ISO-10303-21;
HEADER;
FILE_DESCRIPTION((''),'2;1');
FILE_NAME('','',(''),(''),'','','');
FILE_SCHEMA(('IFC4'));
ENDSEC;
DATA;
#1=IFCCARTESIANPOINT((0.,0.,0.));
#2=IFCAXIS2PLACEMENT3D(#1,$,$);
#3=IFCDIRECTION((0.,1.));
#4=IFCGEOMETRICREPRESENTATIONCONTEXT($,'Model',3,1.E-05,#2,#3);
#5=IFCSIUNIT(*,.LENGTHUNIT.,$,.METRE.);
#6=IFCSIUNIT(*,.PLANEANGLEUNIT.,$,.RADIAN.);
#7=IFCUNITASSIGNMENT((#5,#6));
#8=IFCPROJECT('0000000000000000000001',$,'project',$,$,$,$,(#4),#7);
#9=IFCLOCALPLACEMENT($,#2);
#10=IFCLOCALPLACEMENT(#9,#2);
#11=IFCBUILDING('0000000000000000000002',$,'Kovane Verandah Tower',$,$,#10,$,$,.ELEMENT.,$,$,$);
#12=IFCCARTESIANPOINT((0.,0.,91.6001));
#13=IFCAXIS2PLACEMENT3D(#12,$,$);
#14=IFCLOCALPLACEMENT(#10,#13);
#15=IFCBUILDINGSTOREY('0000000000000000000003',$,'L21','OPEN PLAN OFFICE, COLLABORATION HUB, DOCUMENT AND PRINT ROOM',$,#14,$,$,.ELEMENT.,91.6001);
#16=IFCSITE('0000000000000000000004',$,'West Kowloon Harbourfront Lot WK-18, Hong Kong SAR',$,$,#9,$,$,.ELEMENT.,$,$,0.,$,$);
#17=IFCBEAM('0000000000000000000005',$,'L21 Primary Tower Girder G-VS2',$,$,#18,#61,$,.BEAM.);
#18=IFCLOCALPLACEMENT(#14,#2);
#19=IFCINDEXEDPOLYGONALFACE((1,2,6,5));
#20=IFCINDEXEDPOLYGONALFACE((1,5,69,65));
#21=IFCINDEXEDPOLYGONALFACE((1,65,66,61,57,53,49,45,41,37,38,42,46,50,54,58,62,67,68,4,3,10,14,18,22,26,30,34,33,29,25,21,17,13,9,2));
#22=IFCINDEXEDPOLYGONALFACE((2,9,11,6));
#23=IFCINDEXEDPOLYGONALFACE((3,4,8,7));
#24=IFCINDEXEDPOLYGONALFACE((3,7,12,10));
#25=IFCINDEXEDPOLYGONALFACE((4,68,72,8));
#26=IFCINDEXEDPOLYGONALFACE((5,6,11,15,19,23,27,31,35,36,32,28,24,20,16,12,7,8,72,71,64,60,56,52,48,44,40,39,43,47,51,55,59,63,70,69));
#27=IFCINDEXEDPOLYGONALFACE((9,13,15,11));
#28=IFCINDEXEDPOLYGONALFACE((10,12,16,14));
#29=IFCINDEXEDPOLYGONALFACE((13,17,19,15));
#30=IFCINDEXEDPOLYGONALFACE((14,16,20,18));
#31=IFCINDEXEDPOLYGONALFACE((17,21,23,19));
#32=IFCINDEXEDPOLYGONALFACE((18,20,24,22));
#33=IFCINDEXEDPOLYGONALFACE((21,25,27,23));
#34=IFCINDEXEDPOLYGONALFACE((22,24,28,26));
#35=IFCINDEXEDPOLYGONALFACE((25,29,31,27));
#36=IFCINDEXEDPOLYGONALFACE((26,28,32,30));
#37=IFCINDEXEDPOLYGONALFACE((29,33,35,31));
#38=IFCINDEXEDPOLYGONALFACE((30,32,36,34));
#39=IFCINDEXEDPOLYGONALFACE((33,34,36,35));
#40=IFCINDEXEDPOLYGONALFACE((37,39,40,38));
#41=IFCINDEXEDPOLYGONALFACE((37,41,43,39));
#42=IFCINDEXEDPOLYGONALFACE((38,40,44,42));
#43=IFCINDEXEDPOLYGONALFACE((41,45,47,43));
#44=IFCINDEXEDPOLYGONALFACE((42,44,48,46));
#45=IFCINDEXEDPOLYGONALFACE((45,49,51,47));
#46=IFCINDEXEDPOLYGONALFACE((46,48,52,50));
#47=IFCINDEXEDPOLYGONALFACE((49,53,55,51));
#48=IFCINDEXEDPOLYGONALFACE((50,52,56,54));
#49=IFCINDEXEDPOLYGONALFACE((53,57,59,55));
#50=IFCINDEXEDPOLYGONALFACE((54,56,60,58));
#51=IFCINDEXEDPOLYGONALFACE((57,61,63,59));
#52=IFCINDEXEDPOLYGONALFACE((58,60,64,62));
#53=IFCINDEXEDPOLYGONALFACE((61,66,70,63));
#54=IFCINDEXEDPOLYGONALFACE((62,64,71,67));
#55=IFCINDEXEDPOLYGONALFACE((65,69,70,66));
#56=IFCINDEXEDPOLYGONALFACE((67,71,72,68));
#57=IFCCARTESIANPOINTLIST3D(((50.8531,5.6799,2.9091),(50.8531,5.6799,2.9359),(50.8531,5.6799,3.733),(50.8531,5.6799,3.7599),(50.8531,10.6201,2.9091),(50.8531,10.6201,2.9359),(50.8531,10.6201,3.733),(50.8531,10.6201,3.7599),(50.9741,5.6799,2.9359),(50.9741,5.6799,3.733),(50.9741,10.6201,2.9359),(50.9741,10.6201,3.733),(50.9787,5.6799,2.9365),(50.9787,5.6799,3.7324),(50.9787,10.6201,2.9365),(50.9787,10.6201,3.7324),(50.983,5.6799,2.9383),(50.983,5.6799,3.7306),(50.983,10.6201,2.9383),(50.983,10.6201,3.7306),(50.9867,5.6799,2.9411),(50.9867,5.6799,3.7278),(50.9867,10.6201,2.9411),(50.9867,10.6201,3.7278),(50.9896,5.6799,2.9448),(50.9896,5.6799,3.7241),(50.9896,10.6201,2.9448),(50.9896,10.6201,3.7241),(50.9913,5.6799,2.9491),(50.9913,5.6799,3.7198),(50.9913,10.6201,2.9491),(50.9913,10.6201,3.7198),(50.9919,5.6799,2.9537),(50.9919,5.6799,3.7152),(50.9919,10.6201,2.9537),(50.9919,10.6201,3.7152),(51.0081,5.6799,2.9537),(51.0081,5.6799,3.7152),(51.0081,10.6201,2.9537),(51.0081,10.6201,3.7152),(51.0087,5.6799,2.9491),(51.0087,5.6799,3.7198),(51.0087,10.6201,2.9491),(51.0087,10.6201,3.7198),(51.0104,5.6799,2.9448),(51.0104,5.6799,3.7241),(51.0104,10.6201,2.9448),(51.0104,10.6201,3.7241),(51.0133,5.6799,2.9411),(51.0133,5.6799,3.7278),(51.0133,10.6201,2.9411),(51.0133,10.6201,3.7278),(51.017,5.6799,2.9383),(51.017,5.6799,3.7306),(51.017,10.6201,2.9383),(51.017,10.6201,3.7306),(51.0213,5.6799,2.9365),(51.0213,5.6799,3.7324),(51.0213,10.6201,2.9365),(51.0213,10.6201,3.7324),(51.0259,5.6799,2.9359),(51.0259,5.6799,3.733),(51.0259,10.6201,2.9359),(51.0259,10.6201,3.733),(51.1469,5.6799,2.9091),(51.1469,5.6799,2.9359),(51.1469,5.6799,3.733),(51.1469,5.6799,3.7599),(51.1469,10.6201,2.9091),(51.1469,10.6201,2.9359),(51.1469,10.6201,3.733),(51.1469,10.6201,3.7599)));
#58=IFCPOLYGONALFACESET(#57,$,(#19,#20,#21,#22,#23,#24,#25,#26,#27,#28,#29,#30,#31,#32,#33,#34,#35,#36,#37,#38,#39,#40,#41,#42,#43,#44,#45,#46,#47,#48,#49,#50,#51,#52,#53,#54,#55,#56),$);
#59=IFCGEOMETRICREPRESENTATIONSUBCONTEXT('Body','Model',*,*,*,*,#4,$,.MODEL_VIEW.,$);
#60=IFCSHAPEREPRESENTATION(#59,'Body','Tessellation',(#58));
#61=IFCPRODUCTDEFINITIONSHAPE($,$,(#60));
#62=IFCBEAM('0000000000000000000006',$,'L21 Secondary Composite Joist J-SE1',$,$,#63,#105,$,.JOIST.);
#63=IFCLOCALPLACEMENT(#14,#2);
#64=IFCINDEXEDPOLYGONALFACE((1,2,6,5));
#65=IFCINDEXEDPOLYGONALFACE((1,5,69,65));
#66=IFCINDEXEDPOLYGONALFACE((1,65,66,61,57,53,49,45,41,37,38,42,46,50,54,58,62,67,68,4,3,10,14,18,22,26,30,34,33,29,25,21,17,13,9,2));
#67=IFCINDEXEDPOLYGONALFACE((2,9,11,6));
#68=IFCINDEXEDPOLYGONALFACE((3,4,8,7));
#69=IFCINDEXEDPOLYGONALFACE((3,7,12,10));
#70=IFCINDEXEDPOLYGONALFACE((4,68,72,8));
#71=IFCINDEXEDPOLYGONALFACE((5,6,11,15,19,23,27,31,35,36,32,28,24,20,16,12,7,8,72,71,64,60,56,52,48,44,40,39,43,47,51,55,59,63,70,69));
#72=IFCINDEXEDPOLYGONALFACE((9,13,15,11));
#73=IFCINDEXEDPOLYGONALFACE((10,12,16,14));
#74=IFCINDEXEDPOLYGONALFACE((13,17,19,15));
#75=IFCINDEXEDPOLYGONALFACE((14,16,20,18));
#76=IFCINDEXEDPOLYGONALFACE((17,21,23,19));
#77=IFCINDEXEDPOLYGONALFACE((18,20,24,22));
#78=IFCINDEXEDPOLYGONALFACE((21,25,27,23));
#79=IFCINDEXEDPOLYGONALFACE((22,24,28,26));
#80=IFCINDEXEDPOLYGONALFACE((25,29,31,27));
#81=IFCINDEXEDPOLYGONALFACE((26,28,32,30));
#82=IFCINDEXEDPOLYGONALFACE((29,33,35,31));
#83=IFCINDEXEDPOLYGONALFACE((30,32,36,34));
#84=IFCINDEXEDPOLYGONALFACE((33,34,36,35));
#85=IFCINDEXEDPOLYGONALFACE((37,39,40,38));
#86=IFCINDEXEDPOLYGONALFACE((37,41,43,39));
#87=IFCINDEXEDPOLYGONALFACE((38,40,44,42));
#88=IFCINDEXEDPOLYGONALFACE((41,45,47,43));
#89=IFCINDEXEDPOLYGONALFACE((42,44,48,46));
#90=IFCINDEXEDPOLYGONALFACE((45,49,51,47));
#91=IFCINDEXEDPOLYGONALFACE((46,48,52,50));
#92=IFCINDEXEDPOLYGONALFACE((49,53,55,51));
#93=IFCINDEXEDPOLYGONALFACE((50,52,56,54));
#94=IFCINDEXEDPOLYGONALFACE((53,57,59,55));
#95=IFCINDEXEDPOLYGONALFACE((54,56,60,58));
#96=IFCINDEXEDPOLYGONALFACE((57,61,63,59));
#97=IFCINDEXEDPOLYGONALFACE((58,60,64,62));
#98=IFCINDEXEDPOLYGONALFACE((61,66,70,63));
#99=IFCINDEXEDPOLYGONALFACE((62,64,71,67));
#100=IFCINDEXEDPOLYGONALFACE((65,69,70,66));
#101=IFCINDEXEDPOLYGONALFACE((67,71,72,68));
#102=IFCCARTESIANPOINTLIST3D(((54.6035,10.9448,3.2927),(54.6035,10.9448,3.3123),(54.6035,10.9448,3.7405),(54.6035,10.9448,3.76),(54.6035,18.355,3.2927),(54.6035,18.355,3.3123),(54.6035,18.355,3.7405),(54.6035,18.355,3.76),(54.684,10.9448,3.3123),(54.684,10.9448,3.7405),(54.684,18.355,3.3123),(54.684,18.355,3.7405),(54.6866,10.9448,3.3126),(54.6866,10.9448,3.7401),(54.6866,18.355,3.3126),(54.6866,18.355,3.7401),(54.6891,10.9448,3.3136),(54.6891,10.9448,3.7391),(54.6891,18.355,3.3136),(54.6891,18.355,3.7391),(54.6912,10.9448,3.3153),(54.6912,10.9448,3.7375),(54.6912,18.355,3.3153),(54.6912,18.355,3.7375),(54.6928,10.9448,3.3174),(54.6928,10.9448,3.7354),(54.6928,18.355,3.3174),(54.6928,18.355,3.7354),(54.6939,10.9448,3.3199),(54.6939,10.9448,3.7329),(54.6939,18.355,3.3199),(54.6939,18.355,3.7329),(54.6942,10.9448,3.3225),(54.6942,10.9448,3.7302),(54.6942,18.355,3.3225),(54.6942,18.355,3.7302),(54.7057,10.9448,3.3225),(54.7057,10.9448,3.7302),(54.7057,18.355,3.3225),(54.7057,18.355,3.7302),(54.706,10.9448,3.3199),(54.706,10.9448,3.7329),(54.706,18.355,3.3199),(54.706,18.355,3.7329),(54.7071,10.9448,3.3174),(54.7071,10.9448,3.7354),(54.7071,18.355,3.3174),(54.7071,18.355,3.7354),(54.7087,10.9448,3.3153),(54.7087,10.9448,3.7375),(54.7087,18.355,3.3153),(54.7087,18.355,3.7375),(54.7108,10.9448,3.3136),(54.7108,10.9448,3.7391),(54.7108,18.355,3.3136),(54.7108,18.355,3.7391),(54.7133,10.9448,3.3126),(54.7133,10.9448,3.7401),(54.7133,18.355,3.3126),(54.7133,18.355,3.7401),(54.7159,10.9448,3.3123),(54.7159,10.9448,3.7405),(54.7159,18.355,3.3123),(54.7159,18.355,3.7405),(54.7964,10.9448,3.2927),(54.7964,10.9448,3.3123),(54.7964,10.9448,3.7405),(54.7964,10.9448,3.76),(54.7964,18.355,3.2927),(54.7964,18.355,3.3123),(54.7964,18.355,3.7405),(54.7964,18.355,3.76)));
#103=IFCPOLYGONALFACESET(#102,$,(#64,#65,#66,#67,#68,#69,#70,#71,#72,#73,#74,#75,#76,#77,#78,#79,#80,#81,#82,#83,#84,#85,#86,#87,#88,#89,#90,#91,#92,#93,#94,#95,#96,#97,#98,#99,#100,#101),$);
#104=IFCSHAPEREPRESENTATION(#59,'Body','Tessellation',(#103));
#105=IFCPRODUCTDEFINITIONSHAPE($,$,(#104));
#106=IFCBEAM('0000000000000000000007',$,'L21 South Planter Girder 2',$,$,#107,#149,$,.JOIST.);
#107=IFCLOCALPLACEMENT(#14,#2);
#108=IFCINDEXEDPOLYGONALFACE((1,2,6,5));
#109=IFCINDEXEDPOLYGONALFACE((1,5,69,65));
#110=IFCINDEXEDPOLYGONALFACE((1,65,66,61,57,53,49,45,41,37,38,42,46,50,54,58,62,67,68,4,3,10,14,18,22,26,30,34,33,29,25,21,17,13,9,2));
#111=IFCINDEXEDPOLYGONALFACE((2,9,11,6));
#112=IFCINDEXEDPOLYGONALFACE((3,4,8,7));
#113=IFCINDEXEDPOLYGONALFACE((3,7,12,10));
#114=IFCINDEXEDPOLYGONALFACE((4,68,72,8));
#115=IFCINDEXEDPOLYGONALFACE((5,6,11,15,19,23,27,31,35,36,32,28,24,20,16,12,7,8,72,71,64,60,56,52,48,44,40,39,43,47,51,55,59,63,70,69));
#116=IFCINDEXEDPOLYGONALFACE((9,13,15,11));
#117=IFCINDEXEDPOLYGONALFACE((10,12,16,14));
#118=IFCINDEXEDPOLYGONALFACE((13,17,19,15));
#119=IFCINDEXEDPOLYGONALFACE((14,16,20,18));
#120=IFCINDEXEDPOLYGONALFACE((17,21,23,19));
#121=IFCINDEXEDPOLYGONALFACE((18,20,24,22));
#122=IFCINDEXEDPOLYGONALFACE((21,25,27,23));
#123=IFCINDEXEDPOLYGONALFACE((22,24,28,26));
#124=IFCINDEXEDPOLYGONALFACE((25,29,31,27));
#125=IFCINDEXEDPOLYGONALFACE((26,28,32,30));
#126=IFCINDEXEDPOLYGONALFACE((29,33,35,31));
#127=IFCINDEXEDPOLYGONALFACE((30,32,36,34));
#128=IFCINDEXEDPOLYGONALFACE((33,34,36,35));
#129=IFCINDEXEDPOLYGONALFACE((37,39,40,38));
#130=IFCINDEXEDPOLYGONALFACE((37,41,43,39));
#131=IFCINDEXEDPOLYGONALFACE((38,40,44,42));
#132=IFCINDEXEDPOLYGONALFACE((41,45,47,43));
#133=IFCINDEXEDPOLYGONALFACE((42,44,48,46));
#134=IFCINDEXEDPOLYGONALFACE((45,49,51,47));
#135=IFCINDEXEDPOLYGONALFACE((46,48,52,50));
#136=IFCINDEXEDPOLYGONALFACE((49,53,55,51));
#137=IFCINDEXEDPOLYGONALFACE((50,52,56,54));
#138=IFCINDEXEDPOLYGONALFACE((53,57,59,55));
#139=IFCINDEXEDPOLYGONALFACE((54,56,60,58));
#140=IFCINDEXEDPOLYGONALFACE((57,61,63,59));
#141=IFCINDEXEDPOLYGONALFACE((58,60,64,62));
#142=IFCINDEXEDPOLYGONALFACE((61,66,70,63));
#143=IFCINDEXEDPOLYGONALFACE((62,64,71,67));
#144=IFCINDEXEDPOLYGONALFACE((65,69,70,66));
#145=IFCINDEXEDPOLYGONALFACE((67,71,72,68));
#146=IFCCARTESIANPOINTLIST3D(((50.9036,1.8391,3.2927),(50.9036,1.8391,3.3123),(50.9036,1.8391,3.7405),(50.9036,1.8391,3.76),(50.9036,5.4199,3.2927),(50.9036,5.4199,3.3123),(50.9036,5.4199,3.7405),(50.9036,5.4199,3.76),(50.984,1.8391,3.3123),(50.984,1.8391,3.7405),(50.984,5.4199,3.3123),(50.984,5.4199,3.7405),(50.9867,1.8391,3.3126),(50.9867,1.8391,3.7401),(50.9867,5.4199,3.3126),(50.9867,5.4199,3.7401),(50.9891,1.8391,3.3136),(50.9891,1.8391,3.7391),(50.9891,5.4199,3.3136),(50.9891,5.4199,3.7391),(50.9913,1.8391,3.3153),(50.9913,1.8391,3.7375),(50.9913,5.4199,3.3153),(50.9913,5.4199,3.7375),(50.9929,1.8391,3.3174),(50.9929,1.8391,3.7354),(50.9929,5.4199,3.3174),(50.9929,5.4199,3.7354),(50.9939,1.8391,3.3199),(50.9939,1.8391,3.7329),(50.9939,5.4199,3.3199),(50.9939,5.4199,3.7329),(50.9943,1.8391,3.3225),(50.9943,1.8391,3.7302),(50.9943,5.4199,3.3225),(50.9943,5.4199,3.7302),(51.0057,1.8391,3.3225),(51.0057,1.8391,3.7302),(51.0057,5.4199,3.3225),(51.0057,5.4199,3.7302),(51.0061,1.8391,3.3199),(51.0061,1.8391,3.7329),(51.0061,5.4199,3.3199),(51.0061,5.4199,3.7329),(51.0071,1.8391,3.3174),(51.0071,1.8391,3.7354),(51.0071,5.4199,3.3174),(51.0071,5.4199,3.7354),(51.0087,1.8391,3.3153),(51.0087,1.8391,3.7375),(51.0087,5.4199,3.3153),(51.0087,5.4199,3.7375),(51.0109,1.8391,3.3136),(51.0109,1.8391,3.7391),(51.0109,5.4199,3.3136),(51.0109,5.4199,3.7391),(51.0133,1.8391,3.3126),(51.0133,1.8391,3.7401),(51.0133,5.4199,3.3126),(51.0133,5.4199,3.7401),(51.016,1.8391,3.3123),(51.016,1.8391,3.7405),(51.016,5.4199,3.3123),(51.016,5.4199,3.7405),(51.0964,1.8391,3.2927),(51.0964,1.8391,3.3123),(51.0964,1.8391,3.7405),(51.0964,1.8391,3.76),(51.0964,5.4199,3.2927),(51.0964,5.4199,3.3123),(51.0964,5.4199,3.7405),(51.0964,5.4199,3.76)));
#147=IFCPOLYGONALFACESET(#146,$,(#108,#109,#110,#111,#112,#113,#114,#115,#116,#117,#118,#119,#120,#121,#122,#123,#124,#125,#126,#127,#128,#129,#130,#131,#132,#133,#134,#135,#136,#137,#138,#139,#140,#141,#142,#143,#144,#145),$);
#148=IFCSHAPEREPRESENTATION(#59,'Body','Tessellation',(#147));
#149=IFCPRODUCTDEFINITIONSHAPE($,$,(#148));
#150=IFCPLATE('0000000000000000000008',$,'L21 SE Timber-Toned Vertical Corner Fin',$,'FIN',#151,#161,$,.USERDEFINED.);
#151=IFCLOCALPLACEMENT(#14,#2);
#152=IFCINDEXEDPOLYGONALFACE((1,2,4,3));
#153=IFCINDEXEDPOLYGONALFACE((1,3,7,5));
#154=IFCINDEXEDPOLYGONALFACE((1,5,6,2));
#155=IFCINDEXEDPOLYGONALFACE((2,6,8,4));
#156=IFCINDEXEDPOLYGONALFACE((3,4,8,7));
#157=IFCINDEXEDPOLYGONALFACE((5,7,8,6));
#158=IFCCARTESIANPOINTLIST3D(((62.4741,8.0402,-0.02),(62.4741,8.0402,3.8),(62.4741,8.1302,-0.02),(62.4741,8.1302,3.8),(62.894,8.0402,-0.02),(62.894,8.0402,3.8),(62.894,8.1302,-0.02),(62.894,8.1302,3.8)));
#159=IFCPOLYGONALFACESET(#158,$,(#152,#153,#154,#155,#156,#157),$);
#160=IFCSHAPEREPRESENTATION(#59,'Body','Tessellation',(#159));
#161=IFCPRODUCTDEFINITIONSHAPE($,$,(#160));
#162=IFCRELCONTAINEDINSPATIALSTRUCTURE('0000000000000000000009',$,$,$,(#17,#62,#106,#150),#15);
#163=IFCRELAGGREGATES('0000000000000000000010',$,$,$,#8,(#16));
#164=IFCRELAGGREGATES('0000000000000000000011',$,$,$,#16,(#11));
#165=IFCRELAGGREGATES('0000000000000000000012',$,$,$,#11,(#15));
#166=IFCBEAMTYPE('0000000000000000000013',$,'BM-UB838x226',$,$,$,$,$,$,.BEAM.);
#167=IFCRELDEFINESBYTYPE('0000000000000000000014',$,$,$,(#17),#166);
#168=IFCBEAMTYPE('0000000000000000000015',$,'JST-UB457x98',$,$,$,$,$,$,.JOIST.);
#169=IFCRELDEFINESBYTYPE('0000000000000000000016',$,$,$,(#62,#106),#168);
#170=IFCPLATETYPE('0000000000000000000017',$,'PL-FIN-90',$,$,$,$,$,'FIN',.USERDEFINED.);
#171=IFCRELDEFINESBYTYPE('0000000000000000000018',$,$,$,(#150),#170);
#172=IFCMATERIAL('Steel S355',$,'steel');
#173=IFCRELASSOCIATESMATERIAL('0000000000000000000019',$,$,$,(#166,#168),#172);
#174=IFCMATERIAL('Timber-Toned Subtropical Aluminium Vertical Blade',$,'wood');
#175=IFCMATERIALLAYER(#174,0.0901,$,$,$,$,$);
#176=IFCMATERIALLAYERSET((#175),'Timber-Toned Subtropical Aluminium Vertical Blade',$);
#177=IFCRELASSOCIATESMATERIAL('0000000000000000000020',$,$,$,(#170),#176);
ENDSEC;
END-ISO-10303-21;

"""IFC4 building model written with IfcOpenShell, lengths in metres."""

from ifc_helpers import new_model, si_unit, direction, frame, origin, origin_2d, place, context, subcontext, project, spatial, rectangle, i_section, extrude, material, layer, layer_set, material_profile, profile_set, type_object, element, save


model = new_model("IFC4")

# Units and contexts
model_context = context("Model", 3, precision=1e-05, world=origin(), true_north=direction((0.0, 1.0)))
body_context = subcontext(model_context, "Body", "Model", "MODEL_VIEW")
ifc_project = project(units=[si_unit("LENGTHUNIT", "METRE"), si_unit("PLANEANGLEUNIT", "RADIAN")], contexts=[model_context])

# Site, building, storey
site_placement = place(None, origin())
site = spatial("IfcSite", under=ifc_project, at=site_placement, Name="West Kowloon Harbourfront Lot WK-18, Hong Kong SAR", CompositionType="ELEMENT", RefElevation=0.0)
building_placement = place(site_placement, origin())
building = spatial("IfcBuilding", under=site, at=building_placement, Name="Kovane Verandah Tower", CompositionType="ELEMENT")
storey_placement = place(building_placement, frame((0.0, 0.0, 91.6001)))
storey = spatial("IfcBuildingStorey", under=building, at=storey_placement, Name="L21", Description="OPEN PLAN OFFICE, COLLABORATION HUB, DOCUMENT AND PRINT ROOM", CompositionType="ELEMENT", Elevation=91.6001)

# Beams
ifc_material_1 = material(Name="Steel S355", Category="steel")
ifc_material_profile_1 = material_profile(ifc_material_1, i_section(OverallWidth=0.2937, OverallDepth=0.8508, WebThickness=0.0161, FlangeThickness=0.0269, FilletRadius=0.0178, at=origin_2d()), Name="UB838x292x226")
ifc_profile_set_1 = profile_set([ifc_material_profile_1], Name="Steel S355")
beam_type_1 = type_object("IfcBeamType", Name="BM-UB838x226", PredefinedType="BEAM", material=ifc_profile_set_1)
beam_1_placement = place(storey_placement, frame((51.0, 10.6201, 3.3345), z_axis=(0.0, -1.0, 0.0), x_axis=(1.0, 0.0, 0.0)))
element("IfcBeam", 1, at=beam_1_placement, inside=storey, type_object=beam_type_1, Name="L21 Primary Tower Girder G-VS2", PredefinedType="BEAM", context=body_context, shape_type="SweptSolid", body=[
    extrude(i_section(OverallWidth=0.2937, OverallDepth=0.8508, WebThickness=0.0161, FlangeThickness=0.0269, FilletRadius=0.0178, at=origin_2d()), origin(), (0.0, 0.0, 1.0), 4.9402),
])
ifc_material_profile_2 = material_profile(ifc_material_1, i_section(OverallWidth=0.1929, OverallDepth=0.4673, WebThickness=0.0115, FlangeThickness=0.0195, FilletRadius=0.0103, at=origin_2d()), Name="UB457x191x98")
ifc_profile_set_2 = profile_set([ifc_material_profile_2], Name="Steel S355")
beam_type_2 = type_object("IfcBeamType", Name="JST-UB457x98", PredefinedType="JOIST", material=ifc_profile_set_2)
beam_2_placement = place(storey_placement, frame((54.7, 10.9448, 3.5264), z_axis=(0.0, 1.0, 0.0), x_axis=(-1.0, 0.0, 0.0)))
element("IfcBeam", 2, at=beam_2_placement, inside=storey, type_object=beam_type_2, Name="L21 Secondary Composite Joist J-SE1", PredefinedType="JOIST", context=body_context, shape_type="SweptSolid", body=[
    extrude(i_section(OverallWidth=0.1929, OverallDepth=0.4673, WebThickness=0.0115, FlangeThickness=0.0195, FilletRadius=0.0103, at=origin_2d()), origin(), (0.0, 0.0, 1.0), 7.4102),
])
beam_3_placement = place(storey_placement, frame((51.0, 5.4199, 3.5264), z_axis=(0.0, -1.0, 0.0), x_axis=(1.0, 0.0, 0.0)))
element("IfcBeam", 3, at=beam_3_placement, inside=storey, type_object=beam_type_2, Name="L21 South Planter Girder 2", PredefinedType="JOIST", context=body_context, shape_type="SweptSolid", body=[
    extrude(i_section(OverallWidth=0.1929, OverallDepth=0.4673, WebThickness=0.0115, FlangeThickness=0.0195, FilletRadius=0.0103, at=origin_2d()), origin(), (0.0, 0.0, 1.0), 3.5808),
])

# Plate
ifc_material_2 = material(Name="Timber-Toned Subtropical Aluminium Vertical Blade", Category="wood")
ifc_layer_1 = layer(ifc_material_2, 0.0901)
ifc_layer_set_1 = layer_set([ifc_layer_1], Name="Timber-Toned Subtropical Aluminium Vertical Blade")
plate_type = type_object("IfcPlateType", Name="PL-FIN-90", ElementType="FIN", PredefinedType="USERDEFINED", material=ifc_layer_set_1)
plate_placement = place(storey_placement, frame((62.6841, 8.0852, -0.02), z_axis=(0.0, 0.0, 1.0), x_axis=(1.0, 0.0, 0.0)))
element("IfcPlate", 4, at=plate_placement, inside=storey, type_object=plate_type, Name="L21 SE Timber-Toned Vertical Corner Fin", ObjectType="FIN", PredefinedType="USERDEFINED", context=body_context, shape_type="SweptSolid", body=[
    extrude(rectangle(XDim=0.4199, YDim=0.0901, at=origin_2d()), origin(), (0.0, 0.0, 1.0), 3.8201),
])

save(model, "model.ifc")
